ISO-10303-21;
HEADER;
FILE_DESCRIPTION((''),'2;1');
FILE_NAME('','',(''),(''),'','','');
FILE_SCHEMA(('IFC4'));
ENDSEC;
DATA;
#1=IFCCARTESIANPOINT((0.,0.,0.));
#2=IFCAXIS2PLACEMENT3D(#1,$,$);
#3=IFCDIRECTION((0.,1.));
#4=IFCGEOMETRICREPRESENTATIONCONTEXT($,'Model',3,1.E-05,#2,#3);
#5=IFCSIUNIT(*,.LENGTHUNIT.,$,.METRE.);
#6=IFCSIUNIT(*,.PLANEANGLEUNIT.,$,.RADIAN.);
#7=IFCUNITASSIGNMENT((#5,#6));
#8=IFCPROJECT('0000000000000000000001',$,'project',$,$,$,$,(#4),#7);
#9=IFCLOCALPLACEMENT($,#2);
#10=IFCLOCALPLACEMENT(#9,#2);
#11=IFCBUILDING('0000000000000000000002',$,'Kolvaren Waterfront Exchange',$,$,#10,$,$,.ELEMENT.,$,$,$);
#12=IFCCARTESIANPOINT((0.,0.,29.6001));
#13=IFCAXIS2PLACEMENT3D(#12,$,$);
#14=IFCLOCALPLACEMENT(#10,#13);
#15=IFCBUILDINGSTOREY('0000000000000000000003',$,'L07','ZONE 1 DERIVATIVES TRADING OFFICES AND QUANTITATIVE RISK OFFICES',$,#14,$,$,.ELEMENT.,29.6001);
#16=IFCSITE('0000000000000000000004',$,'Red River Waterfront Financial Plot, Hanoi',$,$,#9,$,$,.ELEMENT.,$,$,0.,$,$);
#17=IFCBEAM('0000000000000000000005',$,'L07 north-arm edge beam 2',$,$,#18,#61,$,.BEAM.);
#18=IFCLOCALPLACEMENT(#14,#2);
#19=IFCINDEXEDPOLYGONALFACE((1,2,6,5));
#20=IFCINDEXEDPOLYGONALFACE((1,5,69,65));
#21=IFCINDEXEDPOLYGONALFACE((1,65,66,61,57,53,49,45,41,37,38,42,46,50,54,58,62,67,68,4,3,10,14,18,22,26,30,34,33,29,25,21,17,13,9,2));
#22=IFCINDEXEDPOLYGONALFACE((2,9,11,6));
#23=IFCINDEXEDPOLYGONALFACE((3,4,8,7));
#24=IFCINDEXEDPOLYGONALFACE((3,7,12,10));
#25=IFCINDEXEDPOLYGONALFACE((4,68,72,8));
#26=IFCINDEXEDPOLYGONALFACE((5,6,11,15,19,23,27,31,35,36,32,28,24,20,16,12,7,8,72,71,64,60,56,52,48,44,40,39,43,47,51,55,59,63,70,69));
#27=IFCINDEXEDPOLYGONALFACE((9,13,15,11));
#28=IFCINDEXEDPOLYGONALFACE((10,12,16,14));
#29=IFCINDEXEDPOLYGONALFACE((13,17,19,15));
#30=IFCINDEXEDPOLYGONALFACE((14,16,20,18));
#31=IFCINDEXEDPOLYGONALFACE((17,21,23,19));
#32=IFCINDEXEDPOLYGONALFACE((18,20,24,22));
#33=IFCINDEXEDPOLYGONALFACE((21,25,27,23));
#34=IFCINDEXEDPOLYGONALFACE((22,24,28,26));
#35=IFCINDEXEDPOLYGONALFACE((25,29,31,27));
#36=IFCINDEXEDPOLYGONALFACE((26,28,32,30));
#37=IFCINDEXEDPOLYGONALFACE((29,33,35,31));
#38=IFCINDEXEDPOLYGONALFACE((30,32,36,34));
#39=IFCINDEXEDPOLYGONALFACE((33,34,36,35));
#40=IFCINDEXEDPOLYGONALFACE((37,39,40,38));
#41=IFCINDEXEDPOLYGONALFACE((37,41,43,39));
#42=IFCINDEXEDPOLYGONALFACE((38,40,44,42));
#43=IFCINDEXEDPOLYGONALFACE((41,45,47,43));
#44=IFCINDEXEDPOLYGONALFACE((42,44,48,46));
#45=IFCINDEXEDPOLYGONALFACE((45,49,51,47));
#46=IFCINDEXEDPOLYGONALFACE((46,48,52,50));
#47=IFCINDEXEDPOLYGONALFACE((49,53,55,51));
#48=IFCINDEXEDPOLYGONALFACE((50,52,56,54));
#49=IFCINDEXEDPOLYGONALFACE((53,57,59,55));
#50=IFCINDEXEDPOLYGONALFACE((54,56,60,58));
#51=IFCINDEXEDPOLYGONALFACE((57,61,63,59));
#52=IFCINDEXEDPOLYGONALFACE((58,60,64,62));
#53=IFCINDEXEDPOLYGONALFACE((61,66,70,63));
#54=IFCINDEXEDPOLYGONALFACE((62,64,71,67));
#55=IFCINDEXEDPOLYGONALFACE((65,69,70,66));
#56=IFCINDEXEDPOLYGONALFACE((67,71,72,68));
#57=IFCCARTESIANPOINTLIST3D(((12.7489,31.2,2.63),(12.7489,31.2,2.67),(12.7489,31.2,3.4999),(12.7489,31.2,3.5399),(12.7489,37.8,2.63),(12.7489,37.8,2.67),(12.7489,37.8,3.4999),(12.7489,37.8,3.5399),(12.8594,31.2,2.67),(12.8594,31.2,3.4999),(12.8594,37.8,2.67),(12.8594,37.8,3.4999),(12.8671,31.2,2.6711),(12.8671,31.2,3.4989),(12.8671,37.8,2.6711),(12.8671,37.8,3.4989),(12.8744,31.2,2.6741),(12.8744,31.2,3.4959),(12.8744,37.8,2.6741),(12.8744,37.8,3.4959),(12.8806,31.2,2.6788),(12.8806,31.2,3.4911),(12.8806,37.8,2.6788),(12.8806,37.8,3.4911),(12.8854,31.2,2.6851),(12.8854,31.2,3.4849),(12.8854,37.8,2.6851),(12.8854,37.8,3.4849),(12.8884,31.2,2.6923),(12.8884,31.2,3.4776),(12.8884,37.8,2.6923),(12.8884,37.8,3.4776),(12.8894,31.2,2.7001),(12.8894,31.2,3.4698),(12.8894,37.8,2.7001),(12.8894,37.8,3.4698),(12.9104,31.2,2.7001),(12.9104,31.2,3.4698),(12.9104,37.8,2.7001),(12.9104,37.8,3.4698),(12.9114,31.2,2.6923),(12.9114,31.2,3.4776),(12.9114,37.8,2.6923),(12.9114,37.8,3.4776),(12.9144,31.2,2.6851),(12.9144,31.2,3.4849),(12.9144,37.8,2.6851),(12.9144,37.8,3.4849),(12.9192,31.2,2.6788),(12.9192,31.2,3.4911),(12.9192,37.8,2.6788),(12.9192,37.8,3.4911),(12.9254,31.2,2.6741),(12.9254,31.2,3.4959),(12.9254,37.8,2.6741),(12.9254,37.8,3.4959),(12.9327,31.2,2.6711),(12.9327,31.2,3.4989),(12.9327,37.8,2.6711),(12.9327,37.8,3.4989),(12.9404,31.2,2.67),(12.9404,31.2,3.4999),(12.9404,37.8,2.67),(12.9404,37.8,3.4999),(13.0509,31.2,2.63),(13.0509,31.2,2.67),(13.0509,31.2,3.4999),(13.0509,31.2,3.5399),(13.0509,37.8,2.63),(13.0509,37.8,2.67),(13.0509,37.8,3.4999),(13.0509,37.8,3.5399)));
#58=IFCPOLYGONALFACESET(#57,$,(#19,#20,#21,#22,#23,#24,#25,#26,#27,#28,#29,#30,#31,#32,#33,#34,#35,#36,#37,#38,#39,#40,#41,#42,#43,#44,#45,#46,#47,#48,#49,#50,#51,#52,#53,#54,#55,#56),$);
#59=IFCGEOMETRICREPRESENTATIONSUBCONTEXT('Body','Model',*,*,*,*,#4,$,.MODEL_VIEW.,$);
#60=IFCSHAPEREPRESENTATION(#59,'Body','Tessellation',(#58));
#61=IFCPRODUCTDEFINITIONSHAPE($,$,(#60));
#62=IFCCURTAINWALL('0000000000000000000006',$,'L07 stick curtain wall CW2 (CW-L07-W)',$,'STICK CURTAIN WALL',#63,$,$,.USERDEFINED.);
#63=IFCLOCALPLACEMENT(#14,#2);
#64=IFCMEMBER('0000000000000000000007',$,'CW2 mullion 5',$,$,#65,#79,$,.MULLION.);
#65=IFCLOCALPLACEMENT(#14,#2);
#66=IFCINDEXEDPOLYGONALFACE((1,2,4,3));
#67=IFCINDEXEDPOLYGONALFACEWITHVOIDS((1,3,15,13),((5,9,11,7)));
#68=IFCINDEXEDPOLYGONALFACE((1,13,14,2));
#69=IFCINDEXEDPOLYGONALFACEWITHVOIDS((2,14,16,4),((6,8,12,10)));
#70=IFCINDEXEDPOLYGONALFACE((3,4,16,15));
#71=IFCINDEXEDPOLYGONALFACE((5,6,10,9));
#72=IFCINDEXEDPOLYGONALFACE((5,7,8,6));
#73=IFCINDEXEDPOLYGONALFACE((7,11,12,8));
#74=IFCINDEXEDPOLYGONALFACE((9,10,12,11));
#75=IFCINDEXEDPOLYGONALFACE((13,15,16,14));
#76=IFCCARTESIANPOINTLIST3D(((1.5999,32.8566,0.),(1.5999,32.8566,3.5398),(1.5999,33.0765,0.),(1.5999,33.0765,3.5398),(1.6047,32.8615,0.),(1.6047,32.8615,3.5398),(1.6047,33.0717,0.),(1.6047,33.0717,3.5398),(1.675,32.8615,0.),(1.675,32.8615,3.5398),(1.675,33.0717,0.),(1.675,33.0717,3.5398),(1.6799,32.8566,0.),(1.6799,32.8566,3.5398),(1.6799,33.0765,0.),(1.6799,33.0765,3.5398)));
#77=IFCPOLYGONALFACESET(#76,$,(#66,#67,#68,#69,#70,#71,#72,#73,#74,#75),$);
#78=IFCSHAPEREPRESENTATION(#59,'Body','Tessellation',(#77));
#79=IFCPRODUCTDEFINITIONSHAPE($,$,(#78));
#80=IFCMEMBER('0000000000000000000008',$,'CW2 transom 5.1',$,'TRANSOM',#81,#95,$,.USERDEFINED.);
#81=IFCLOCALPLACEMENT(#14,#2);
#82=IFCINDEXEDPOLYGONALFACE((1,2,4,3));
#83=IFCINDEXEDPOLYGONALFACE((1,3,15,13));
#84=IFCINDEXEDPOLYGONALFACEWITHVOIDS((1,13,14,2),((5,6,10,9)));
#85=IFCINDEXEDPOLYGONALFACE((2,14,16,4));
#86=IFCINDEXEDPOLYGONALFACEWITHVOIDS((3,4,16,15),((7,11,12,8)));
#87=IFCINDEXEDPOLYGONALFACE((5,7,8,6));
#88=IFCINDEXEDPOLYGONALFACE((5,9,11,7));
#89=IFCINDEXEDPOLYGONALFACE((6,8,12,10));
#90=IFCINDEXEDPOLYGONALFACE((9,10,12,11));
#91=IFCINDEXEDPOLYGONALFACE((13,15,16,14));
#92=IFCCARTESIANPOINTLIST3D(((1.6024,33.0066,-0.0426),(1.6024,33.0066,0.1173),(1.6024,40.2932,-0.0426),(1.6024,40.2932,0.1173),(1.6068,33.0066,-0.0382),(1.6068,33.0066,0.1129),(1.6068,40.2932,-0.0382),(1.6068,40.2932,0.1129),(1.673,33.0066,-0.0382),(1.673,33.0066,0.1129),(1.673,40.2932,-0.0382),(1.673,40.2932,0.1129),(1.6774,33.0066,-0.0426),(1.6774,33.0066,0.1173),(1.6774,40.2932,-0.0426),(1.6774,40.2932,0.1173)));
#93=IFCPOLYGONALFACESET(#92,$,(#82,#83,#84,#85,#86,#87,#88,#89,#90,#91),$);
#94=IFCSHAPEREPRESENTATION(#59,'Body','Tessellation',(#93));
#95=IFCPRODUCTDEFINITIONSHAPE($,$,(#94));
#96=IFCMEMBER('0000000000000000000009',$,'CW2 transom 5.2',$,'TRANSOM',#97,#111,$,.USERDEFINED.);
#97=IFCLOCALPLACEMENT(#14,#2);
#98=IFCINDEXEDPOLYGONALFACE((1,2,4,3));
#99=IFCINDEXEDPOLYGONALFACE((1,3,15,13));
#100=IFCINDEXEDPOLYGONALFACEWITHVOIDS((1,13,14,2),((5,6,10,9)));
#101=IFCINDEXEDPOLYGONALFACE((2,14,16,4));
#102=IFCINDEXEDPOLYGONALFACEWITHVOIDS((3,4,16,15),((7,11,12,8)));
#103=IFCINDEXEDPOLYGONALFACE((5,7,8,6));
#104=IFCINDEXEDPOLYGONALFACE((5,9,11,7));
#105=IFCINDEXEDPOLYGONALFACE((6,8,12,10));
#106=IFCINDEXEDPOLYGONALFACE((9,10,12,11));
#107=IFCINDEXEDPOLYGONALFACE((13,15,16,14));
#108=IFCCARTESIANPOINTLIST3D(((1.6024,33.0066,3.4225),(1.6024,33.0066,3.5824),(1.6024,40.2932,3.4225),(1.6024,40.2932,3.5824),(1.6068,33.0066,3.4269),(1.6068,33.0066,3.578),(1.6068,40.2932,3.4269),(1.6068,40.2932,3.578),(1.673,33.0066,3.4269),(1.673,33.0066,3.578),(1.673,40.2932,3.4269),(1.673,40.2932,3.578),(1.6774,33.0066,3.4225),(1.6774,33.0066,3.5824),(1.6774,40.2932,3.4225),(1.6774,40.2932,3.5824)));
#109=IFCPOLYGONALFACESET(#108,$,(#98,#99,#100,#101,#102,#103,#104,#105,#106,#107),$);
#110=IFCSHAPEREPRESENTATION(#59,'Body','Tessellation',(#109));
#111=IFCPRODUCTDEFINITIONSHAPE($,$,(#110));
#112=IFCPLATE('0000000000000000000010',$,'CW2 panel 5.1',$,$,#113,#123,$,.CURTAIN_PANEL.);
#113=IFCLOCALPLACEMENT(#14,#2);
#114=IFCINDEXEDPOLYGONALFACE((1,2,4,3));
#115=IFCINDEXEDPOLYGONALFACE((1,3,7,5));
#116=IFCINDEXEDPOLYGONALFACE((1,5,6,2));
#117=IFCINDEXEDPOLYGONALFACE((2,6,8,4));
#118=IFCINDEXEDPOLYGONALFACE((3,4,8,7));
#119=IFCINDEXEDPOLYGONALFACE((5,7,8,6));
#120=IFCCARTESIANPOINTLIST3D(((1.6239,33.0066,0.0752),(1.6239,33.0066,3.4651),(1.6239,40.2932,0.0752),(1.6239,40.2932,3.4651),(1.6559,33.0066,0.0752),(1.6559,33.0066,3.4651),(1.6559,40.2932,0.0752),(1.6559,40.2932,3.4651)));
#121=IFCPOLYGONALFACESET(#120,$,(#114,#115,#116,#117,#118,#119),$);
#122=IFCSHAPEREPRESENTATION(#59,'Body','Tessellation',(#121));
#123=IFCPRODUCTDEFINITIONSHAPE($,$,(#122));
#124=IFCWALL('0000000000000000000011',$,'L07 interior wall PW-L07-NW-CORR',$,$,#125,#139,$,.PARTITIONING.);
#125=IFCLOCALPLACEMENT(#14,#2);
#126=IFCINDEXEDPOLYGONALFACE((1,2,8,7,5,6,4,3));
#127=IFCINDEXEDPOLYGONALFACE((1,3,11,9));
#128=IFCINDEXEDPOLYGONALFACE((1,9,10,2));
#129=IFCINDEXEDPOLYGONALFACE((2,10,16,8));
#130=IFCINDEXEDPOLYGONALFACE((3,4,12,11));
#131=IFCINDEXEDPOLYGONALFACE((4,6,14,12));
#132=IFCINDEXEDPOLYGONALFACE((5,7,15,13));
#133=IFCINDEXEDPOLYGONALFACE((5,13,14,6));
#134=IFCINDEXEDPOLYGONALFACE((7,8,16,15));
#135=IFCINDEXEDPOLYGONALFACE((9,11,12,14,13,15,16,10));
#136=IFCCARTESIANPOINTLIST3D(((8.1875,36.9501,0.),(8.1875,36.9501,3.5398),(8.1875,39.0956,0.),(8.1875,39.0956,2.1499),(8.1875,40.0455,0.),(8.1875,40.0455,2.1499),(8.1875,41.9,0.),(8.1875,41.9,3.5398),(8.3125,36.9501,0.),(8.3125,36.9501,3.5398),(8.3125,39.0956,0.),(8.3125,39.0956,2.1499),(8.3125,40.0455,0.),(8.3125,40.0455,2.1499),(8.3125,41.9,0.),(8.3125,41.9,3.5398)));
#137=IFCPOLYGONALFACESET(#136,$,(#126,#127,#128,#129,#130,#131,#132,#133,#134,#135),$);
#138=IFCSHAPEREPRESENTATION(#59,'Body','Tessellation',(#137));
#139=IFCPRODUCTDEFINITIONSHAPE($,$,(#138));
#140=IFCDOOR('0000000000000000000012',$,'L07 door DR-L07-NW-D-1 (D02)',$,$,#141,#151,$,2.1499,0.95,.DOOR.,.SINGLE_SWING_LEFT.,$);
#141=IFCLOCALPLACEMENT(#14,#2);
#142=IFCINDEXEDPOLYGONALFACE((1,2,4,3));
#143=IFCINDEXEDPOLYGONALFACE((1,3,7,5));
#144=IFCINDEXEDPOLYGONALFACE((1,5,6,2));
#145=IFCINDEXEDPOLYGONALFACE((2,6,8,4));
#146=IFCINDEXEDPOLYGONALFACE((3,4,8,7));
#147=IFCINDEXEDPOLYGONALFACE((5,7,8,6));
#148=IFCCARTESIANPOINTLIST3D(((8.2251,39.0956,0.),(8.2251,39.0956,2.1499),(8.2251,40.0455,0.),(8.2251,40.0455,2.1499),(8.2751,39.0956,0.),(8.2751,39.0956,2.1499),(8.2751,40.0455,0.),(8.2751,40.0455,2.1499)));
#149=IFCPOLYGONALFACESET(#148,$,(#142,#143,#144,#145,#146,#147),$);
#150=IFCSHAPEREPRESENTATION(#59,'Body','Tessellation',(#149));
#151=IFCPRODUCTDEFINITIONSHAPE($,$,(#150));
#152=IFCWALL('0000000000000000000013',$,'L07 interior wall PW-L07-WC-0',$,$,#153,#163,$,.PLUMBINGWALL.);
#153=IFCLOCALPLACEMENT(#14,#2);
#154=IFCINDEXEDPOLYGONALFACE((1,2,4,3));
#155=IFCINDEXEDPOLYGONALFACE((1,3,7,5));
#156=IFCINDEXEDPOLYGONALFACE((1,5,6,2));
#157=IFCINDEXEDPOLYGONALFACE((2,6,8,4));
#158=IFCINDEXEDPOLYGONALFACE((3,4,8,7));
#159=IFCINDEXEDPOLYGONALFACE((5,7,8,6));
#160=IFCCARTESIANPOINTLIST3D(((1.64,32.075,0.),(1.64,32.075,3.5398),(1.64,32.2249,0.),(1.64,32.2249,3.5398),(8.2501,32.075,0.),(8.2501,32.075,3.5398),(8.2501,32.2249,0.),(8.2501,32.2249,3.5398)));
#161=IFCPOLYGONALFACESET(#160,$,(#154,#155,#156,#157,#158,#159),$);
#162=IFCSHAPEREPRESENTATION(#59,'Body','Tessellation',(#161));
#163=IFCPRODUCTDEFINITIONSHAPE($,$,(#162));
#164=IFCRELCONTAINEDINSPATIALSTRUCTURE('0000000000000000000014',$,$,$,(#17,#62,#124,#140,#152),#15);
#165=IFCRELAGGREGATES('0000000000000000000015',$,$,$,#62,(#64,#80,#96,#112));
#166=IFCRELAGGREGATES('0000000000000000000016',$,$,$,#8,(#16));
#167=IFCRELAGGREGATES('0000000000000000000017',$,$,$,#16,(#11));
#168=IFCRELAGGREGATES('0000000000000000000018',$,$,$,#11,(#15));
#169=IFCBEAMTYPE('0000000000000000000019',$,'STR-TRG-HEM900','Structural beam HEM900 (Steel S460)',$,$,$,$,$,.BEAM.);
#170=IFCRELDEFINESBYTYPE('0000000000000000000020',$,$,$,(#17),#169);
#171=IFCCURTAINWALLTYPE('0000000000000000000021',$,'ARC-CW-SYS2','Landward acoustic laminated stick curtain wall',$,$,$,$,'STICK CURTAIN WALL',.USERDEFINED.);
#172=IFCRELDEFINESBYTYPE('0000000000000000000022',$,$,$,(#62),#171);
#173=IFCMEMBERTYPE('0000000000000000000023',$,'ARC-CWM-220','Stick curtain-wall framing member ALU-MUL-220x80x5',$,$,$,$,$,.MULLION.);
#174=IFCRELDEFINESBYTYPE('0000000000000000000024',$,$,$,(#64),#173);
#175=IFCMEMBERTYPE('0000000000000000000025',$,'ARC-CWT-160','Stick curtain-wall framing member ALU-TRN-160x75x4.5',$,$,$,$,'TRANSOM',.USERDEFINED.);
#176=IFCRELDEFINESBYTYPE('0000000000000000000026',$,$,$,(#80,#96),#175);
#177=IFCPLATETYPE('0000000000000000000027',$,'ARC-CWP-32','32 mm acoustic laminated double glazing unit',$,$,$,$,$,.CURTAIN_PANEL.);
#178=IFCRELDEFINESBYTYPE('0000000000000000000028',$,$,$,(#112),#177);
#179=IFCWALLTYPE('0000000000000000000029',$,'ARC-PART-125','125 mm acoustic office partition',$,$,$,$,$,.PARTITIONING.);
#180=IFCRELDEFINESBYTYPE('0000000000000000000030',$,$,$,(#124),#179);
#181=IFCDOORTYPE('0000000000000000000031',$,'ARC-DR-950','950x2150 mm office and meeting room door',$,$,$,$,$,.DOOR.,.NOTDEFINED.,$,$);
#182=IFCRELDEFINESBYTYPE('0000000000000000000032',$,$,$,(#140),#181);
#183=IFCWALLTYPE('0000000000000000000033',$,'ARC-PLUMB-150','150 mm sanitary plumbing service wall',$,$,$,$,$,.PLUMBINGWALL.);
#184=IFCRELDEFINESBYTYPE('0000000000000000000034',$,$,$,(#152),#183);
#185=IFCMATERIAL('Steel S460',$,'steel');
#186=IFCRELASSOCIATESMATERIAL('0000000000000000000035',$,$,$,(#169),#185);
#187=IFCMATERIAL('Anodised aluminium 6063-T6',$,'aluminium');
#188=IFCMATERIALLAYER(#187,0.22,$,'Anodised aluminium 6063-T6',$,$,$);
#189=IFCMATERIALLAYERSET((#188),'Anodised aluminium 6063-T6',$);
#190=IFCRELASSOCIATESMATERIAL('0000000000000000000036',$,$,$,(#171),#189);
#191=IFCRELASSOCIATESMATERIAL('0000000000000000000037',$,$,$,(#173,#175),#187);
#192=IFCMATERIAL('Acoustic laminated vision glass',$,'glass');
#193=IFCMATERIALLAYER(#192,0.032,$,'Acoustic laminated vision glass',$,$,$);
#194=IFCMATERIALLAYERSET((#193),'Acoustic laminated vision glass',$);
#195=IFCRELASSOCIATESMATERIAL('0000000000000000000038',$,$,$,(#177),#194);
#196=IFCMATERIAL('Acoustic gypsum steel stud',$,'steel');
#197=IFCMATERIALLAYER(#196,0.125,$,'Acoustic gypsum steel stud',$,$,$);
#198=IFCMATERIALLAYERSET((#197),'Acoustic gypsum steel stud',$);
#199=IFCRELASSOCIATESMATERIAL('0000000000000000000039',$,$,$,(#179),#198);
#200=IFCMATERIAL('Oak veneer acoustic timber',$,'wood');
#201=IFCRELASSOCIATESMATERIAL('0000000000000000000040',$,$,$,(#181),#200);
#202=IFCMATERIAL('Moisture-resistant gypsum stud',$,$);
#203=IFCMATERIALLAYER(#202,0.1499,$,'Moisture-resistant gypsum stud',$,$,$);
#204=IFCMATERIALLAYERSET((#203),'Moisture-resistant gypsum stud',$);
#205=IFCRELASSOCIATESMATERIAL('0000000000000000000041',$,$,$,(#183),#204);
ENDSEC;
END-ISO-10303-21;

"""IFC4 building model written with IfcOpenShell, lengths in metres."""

from ifc_helpers import new_model, si_unit, direction, frame, frame_2d, origin, origin_with_axes, origin_2d, place, context, subcontext, project, spatial, rectangle, hollow_rectangle, i_section, extrude, source, transform, mapped, material, layer, layer_set, material_profile, profile_set, type_object, element, fill, aggregate, save


model = new_model("IFC4")

# Units and contexts
model_context = context("Model", 3, precision=1e-05, world=origin(), true_north=direction((0.0, 1.0)))
body_context = subcontext(model_context, "Body", "Model", "MODEL_VIEW")
ifc_project = project(units=[si_unit("LENGTHUNIT", "METRE"), si_unit("PLANEANGLEUNIT", "RADIAN")], contexts=[model_context])

# Site, building, storey
site_placement = place(None, origin())
site = spatial("IfcSite", under=ifc_project, at=site_placement, Name="Red River Waterfront Financial Plot, Hanoi", CompositionType="ELEMENT", RefElevation=0.0)
building_placement = place(site_placement, origin())
building = spatial("IfcBuilding", under=site, at=building_placement, Name="Kolvaren Waterfront Exchange", CompositionType="ELEMENT")
storey_placement = place(building_placement, frame((0.0, 0.0, 29.6001)))
storey = spatial("IfcBuildingStorey", under=building, at=storey_placement, Name="L07", Description="ZONE 1 DERIVATIVES TRADING OFFICES AND QUANTITATIVE RISK OFFICES", CompositionType="ELEMENT", Elevation=29.6001)

# Beam
ifc_material_1 = material(Name="Steel S460", Category="steel")
ifc_material_profile_1 = material_profile(ifc_material_1, i_section(OverallWidth=0.302, OverallDepth=0.9099, WebThickness=0.021, FlangeThickness=0.04, FilletRadius=0.03, at=origin_2d()), Name="HEM900")
ifc_profile_set_1 = profile_set([ifc_material_profile_1], Name="Steel S460")
beam_type_1 = type_object("IfcBeamType", Name="STR-TRG-HEM900", Description="Structural beam HEM900 (Steel S460)", PredefinedType="BEAM", material=ifc_profile_set_1)
beam_1_placement = place(storey_placement, frame((12.8999, 31.2, 3.085), z_axis=(0.0, 1.0, 0.0), x_axis=(-1.0, 0.0, 0.0)))
element("IfcBeam", 1, at=beam_1_placement, inside=storey, type_object=beam_type_1, Name="L07 north-arm edge beam 2", PredefinedType="BEAM", context=body_context, shape_type="SweptSolid", body=[
    extrude(i_section(OverallWidth=0.302, OverallDepth=0.9099, WebThickness=0.021, FlangeThickness=0.04, FilletRadius=0.03, at=origin_2d()), origin(), (0.0, 0.0, 1.0), 6.6001),
])

# Curtain wall, members, plate
ifc_material_2 = material(Name="Anodised aluminium 6063-T6", Category="aluminium")
ifc_layer_1 = layer(ifc_material_2, 0.22, Name="Anodised aluminium 6063-T6")
ifc_layer_set_1 = layer_set([ifc_layer_1], Name="Anodised aluminium 6063-T6")
curtain_wall_type = type_object("IfcCurtainWallType", Name="ARC-CW-SYS2", Description="Landward acoustic laminated stick curtain wall", ElementType="STICK CURTAIN WALL", PredefinedType="USERDEFINED", material=ifc_layer_set_1)
curtain_wall_placement = place(storey_placement, origin())
curtain_wall = element("IfcCurtainWall", 2, at=curtain_wall_placement, inside=storey, type_object=curtain_wall_type, Name="L07 stick curtain wall CW2 (CW-L07-W)", ObjectType="STICK CURTAIN WALL", PredefinedType="USERDEFINED")
ifc_material_profile_2 = material_profile(ifc_material_2, hollow_rectangle(XDim=0.0801, YDim=0.22, WallThickness=0.0049, at=origin_2d()), Name="ALU-MUL-220x80x5")
ifc_profile_set_2 = profile_set([ifc_material_profile_2], Name="Anodised aluminium 6063-T6")
member_type_1 = type_object("IfcMemberType", Name="ARC-CWM-220", Description="Stick curtain-wall framing member ALU-MUL-220x80x5", PredefinedType="MULLION", material=ifc_profile_set_2)
shared_shape_1 = source(origin_with_axes(), body_context, "Body", "SweptSolid", [
    extrude(hollow_rectangle(XDim=0.0801, YDim=0.22, WallThickness=0.0049, at=origin_2d()), origin(), (0.0, 0.0, 1.0), 3.5398),
])
member_1_placement = place(storey_placement, frame((1.6399, 32.9666, 0.0), z_axis=(0.0, 0.0, 1.0), x_axis=(-1.0, 0.0, 0.0)))
member_1 = element("IfcMember", 3, at=member_1_placement, type_object=member_type_1, Name="CW2 mullion 5", PredefinedType="MULLION", context=body_context, shape_type="MappedRepresentation", body=[
    mapped(shared_shape_1, transform((0.0, 0.0, 0.0), x_axis=(1.0, 0.0, 0.0), y_axis=(0.0, 1.0, 0.0), z_axis=(0.0, 0.0, 1.0), scale=1.0)),
])
ifc_material_profile_3 = material_profile(ifc_material_2, hollow_rectangle(XDim=0.075, YDim=0.1599, WallThickness=0.0044, at=origin_2d()), Name="ALU-TRN-160x75x4.5")
ifc_profile_set_3 = profile_set([ifc_material_profile_3], Name="Anodised aluminium 6063-T6")
member_type_2 = type_object("IfcMemberType", Name="ARC-CWT-160", Description="Stick curtain-wall framing member ALU-TRN-160x75x4.5", ElementType="TRANSOM", PredefinedType="USERDEFINED", material=ifc_profile_set_3)
shared_shape_2 = source(origin_with_axes(), body_context, "Body", "SweptSolid", [
    extrude(hollow_rectangle(XDim=0.075, YDim=0.1599, WallThickness=0.0044, at=origin_2d()), origin(), (0.0, 0.0, 1.0), 7.2866),
])
member_2_placement = place(storey_placement, frame((1.6399, 33.0066, 0.0374), z_axis=(0.0, 1.0, 0.0), x_axis=(-1.0, 0.0, 0.0)))
member_2 = element("IfcMember", 4, at=member_2_placement, type_object=member_type_2, Name="CW2 transom 5.1", ObjectType="TRANSOM", PredefinedType="USERDEFINED", context=body_context, shape_type="MappedRepresentation", body=[
    mapped(shared_shape_2, transform((0.0, 0.0, 0.0), x_axis=(1.0, 0.0, 0.0), y_axis=(0.0, 1.0, 0.0), z_axis=(0.0, 0.0, 1.0), scale=1.0)),
])
member_3_placement = place(storey_placement, frame((1.6399, 33.0066, 3.5024), z_axis=(0.0, 1.0, 0.0), x_axis=(-1.0, 0.0, 0.0)))
member_3 = element("IfcMember", 5, at=member_3_placement, type_object=member_type_2, Name="CW2 transom 5.2", ObjectType="TRANSOM", PredefinedType="USERDEFINED", context=body_context, shape_type="MappedRepresentation", body=[
    mapped(shared_shape_2, transform((0.0, 0.0, 0.0), x_axis=(1.0, 0.0, 0.0), y_axis=(0.0, 1.0, 0.0), z_axis=(0.0, 0.0, 1.0), scale=1.0)),
])
ifc_material_3 = material(Name="Acoustic laminated vision glass", Category="glass")
ifc_layer_2 = layer(ifc_material_3, 0.032, Name="Acoustic laminated vision glass")
ifc_layer_set_2 = layer_set([ifc_layer_2], Name="Acoustic laminated vision glass")
plate_type = type_object("IfcPlateType", Name="ARC-CWP-32", Description="32 mm acoustic laminated double glazing unit", PredefinedType="CURTAIN_PANEL", material=ifc_layer_set_2)
shared_shape_3 = source(origin_with_axes(), body_context, "Body", "SweptSolid", [
    extrude(rectangle(XDim=7.2866, YDim=0.032, at=origin_2d()), origin(), (0.0, 0.0, 1.0), 3.3899),
])
plate_placement = place(storey_placement, frame((1.6399, 36.6499, 0.0752), z_axis=(0.0, 0.0, 1.0), x_axis=(0.0, 1.0, 0.0)))
plate = element("IfcPlate", 6, at=plate_placement, type_object=plate_type, Name="CW2 panel 5.1", PredefinedType="CURTAIN_PANEL", context=body_context, shape_type="MappedRepresentation", body=[
    mapped(shared_shape_3, transform((0.0, 0.0, 0.0), x_axis=(1.0, 0.0, 0.0), y_axis=(0.0, 1.0, 0.0), z_axis=(0.0, 0.0, 1.0), scale=1.0)),
])
aggregate(curtain_wall, [member_1, member_2, member_3, plate])

# Wall, opening, door
ifc_material_4 = material(Name="Acoustic gypsum steel stud", Category="steel")
ifc_layer_3 = layer(ifc_material_4, 0.125, Name="Acoustic gypsum steel stud")
ifc_layer_set_3 = layer_set([ifc_layer_3], Name="Acoustic gypsum steel stud")
wall_type_1 = type_object("IfcWallType", Name="ARC-PART-125", Description="125 mm acoustic office partition", PredefinedType="PARTITIONING", material=ifc_layer_set_3)
wall_1_placement = place(storey_placement, frame((8.25, 36.95, 0.0), z_axis=(0.0, 0.0, 1.0), x_axis=(0.0, 1.0, 0.0)))
wall_1 = element("IfcWall", 7, at=wall_1_placement, inside=storey, type_object=wall_type_1, Name="L07 interior wall PW-L07-NW-CORR", PredefinedType="PARTITIONING", context=body_context, shape_type="SweptSolid", body=[
    extrude(rectangle(XDim=4.95, YDim=0.125, at=frame_2d((2.4751, 0.0))), origin(), (0.0, 0.0, 1.0), 3.5398),
])
opening_1_placement = place(wall_1_placement, frame((2.1455, 0.0, 0.0)))
opening_1 = element("IfcOpeningElement", 8, at=opening_1_placement, cuts=wall_1, PredefinedType="OPENING", context=body_context, shape_type="SweptSolid", body=[
    extrude(rectangle(XDim=0.95, YDim=2.1499, at=frame_2d((0.4751, 1.075))), frame((0.0, 0.0725, 0.0), z_axis=(0.0, -1.0, 0.0), x_axis=(1.0, 0.0, 0.0)), (0.0, 0.0, 1.0), 0.145),
])
ifc_material_5 = material(Name="Oak veneer acoustic timber", Category="wood")
door_type_1 = type_object("IfcDoorType", Name="ARC-DR-950", Description="950x2150 mm office and meeting room door", OperationType="NOTDEFINED", PredefinedType="DOOR", material=ifc_material_5)
door_1_placement = place(opening_1_placement, origin())
door_1 = element("IfcDoor", 9, at=door_1_placement, inside=storey, type_object=door_type_1, Name="L07 door DR-L07-NW-D-1 (D02)", OperationType="SINGLE_SWING_LEFT", OverallHeight=2.1499, OverallWidth=0.95, PredefinedType="DOOR", context=body_context, shape_type="SweptSolid", body=[
    extrude(rectangle(XDim=0.95, YDim=2.1499, at=frame_2d((0.4751, 1.075))), frame((0.0, 0.0249, 0.0), z_axis=(0.0, -1.0, 0.0), x_axis=(1.0, 0.0, 0.0)), (0.0, 0.0, 1.0), 0.05),
])
fill(opening_1, door_1)

# Wall
ifc_material_6 = material(Name="Moisture-resistant gypsum stud")
ifc_layer_4 = layer(ifc_material_6, 0.1499, Name="Moisture-resistant gypsum stud")
ifc_layer_set_4 = layer_set([ifc_layer_4], Name="Moisture-resistant gypsum stud")
wall_type_2 = type_object("IfcWallType", Name="ARC-PLUMB-150", Description="150 mm sanitary plumbing service wall", PredefinedType="PLUMBINGWALL", material=ifc_layer_set_4)
wall_2_placement = place(storey_placement, frame((1.6399, 32.1499, 0.0), z_axis=(0.0, 0.0, 1.0), x_axis=(1.0, 0.0, 0.0)))
element("IfcWall", 10, at=wall_2_placement, inside=storey, type_object=wall_type_2, Name="L07 interior wall PW-L07-WC-0", PredefinedType="PLUMBINGWALL", context=body_context, shape_type="SweptSolid", body=[
    extrude(rectangle(XDim=6.6101, YDim=0.1499, at=frame_2d((3.3052, 0.0))), origin(), (0.0, 0.0, 1.0), 3.5398),
])

save(model, "model.ifc")
